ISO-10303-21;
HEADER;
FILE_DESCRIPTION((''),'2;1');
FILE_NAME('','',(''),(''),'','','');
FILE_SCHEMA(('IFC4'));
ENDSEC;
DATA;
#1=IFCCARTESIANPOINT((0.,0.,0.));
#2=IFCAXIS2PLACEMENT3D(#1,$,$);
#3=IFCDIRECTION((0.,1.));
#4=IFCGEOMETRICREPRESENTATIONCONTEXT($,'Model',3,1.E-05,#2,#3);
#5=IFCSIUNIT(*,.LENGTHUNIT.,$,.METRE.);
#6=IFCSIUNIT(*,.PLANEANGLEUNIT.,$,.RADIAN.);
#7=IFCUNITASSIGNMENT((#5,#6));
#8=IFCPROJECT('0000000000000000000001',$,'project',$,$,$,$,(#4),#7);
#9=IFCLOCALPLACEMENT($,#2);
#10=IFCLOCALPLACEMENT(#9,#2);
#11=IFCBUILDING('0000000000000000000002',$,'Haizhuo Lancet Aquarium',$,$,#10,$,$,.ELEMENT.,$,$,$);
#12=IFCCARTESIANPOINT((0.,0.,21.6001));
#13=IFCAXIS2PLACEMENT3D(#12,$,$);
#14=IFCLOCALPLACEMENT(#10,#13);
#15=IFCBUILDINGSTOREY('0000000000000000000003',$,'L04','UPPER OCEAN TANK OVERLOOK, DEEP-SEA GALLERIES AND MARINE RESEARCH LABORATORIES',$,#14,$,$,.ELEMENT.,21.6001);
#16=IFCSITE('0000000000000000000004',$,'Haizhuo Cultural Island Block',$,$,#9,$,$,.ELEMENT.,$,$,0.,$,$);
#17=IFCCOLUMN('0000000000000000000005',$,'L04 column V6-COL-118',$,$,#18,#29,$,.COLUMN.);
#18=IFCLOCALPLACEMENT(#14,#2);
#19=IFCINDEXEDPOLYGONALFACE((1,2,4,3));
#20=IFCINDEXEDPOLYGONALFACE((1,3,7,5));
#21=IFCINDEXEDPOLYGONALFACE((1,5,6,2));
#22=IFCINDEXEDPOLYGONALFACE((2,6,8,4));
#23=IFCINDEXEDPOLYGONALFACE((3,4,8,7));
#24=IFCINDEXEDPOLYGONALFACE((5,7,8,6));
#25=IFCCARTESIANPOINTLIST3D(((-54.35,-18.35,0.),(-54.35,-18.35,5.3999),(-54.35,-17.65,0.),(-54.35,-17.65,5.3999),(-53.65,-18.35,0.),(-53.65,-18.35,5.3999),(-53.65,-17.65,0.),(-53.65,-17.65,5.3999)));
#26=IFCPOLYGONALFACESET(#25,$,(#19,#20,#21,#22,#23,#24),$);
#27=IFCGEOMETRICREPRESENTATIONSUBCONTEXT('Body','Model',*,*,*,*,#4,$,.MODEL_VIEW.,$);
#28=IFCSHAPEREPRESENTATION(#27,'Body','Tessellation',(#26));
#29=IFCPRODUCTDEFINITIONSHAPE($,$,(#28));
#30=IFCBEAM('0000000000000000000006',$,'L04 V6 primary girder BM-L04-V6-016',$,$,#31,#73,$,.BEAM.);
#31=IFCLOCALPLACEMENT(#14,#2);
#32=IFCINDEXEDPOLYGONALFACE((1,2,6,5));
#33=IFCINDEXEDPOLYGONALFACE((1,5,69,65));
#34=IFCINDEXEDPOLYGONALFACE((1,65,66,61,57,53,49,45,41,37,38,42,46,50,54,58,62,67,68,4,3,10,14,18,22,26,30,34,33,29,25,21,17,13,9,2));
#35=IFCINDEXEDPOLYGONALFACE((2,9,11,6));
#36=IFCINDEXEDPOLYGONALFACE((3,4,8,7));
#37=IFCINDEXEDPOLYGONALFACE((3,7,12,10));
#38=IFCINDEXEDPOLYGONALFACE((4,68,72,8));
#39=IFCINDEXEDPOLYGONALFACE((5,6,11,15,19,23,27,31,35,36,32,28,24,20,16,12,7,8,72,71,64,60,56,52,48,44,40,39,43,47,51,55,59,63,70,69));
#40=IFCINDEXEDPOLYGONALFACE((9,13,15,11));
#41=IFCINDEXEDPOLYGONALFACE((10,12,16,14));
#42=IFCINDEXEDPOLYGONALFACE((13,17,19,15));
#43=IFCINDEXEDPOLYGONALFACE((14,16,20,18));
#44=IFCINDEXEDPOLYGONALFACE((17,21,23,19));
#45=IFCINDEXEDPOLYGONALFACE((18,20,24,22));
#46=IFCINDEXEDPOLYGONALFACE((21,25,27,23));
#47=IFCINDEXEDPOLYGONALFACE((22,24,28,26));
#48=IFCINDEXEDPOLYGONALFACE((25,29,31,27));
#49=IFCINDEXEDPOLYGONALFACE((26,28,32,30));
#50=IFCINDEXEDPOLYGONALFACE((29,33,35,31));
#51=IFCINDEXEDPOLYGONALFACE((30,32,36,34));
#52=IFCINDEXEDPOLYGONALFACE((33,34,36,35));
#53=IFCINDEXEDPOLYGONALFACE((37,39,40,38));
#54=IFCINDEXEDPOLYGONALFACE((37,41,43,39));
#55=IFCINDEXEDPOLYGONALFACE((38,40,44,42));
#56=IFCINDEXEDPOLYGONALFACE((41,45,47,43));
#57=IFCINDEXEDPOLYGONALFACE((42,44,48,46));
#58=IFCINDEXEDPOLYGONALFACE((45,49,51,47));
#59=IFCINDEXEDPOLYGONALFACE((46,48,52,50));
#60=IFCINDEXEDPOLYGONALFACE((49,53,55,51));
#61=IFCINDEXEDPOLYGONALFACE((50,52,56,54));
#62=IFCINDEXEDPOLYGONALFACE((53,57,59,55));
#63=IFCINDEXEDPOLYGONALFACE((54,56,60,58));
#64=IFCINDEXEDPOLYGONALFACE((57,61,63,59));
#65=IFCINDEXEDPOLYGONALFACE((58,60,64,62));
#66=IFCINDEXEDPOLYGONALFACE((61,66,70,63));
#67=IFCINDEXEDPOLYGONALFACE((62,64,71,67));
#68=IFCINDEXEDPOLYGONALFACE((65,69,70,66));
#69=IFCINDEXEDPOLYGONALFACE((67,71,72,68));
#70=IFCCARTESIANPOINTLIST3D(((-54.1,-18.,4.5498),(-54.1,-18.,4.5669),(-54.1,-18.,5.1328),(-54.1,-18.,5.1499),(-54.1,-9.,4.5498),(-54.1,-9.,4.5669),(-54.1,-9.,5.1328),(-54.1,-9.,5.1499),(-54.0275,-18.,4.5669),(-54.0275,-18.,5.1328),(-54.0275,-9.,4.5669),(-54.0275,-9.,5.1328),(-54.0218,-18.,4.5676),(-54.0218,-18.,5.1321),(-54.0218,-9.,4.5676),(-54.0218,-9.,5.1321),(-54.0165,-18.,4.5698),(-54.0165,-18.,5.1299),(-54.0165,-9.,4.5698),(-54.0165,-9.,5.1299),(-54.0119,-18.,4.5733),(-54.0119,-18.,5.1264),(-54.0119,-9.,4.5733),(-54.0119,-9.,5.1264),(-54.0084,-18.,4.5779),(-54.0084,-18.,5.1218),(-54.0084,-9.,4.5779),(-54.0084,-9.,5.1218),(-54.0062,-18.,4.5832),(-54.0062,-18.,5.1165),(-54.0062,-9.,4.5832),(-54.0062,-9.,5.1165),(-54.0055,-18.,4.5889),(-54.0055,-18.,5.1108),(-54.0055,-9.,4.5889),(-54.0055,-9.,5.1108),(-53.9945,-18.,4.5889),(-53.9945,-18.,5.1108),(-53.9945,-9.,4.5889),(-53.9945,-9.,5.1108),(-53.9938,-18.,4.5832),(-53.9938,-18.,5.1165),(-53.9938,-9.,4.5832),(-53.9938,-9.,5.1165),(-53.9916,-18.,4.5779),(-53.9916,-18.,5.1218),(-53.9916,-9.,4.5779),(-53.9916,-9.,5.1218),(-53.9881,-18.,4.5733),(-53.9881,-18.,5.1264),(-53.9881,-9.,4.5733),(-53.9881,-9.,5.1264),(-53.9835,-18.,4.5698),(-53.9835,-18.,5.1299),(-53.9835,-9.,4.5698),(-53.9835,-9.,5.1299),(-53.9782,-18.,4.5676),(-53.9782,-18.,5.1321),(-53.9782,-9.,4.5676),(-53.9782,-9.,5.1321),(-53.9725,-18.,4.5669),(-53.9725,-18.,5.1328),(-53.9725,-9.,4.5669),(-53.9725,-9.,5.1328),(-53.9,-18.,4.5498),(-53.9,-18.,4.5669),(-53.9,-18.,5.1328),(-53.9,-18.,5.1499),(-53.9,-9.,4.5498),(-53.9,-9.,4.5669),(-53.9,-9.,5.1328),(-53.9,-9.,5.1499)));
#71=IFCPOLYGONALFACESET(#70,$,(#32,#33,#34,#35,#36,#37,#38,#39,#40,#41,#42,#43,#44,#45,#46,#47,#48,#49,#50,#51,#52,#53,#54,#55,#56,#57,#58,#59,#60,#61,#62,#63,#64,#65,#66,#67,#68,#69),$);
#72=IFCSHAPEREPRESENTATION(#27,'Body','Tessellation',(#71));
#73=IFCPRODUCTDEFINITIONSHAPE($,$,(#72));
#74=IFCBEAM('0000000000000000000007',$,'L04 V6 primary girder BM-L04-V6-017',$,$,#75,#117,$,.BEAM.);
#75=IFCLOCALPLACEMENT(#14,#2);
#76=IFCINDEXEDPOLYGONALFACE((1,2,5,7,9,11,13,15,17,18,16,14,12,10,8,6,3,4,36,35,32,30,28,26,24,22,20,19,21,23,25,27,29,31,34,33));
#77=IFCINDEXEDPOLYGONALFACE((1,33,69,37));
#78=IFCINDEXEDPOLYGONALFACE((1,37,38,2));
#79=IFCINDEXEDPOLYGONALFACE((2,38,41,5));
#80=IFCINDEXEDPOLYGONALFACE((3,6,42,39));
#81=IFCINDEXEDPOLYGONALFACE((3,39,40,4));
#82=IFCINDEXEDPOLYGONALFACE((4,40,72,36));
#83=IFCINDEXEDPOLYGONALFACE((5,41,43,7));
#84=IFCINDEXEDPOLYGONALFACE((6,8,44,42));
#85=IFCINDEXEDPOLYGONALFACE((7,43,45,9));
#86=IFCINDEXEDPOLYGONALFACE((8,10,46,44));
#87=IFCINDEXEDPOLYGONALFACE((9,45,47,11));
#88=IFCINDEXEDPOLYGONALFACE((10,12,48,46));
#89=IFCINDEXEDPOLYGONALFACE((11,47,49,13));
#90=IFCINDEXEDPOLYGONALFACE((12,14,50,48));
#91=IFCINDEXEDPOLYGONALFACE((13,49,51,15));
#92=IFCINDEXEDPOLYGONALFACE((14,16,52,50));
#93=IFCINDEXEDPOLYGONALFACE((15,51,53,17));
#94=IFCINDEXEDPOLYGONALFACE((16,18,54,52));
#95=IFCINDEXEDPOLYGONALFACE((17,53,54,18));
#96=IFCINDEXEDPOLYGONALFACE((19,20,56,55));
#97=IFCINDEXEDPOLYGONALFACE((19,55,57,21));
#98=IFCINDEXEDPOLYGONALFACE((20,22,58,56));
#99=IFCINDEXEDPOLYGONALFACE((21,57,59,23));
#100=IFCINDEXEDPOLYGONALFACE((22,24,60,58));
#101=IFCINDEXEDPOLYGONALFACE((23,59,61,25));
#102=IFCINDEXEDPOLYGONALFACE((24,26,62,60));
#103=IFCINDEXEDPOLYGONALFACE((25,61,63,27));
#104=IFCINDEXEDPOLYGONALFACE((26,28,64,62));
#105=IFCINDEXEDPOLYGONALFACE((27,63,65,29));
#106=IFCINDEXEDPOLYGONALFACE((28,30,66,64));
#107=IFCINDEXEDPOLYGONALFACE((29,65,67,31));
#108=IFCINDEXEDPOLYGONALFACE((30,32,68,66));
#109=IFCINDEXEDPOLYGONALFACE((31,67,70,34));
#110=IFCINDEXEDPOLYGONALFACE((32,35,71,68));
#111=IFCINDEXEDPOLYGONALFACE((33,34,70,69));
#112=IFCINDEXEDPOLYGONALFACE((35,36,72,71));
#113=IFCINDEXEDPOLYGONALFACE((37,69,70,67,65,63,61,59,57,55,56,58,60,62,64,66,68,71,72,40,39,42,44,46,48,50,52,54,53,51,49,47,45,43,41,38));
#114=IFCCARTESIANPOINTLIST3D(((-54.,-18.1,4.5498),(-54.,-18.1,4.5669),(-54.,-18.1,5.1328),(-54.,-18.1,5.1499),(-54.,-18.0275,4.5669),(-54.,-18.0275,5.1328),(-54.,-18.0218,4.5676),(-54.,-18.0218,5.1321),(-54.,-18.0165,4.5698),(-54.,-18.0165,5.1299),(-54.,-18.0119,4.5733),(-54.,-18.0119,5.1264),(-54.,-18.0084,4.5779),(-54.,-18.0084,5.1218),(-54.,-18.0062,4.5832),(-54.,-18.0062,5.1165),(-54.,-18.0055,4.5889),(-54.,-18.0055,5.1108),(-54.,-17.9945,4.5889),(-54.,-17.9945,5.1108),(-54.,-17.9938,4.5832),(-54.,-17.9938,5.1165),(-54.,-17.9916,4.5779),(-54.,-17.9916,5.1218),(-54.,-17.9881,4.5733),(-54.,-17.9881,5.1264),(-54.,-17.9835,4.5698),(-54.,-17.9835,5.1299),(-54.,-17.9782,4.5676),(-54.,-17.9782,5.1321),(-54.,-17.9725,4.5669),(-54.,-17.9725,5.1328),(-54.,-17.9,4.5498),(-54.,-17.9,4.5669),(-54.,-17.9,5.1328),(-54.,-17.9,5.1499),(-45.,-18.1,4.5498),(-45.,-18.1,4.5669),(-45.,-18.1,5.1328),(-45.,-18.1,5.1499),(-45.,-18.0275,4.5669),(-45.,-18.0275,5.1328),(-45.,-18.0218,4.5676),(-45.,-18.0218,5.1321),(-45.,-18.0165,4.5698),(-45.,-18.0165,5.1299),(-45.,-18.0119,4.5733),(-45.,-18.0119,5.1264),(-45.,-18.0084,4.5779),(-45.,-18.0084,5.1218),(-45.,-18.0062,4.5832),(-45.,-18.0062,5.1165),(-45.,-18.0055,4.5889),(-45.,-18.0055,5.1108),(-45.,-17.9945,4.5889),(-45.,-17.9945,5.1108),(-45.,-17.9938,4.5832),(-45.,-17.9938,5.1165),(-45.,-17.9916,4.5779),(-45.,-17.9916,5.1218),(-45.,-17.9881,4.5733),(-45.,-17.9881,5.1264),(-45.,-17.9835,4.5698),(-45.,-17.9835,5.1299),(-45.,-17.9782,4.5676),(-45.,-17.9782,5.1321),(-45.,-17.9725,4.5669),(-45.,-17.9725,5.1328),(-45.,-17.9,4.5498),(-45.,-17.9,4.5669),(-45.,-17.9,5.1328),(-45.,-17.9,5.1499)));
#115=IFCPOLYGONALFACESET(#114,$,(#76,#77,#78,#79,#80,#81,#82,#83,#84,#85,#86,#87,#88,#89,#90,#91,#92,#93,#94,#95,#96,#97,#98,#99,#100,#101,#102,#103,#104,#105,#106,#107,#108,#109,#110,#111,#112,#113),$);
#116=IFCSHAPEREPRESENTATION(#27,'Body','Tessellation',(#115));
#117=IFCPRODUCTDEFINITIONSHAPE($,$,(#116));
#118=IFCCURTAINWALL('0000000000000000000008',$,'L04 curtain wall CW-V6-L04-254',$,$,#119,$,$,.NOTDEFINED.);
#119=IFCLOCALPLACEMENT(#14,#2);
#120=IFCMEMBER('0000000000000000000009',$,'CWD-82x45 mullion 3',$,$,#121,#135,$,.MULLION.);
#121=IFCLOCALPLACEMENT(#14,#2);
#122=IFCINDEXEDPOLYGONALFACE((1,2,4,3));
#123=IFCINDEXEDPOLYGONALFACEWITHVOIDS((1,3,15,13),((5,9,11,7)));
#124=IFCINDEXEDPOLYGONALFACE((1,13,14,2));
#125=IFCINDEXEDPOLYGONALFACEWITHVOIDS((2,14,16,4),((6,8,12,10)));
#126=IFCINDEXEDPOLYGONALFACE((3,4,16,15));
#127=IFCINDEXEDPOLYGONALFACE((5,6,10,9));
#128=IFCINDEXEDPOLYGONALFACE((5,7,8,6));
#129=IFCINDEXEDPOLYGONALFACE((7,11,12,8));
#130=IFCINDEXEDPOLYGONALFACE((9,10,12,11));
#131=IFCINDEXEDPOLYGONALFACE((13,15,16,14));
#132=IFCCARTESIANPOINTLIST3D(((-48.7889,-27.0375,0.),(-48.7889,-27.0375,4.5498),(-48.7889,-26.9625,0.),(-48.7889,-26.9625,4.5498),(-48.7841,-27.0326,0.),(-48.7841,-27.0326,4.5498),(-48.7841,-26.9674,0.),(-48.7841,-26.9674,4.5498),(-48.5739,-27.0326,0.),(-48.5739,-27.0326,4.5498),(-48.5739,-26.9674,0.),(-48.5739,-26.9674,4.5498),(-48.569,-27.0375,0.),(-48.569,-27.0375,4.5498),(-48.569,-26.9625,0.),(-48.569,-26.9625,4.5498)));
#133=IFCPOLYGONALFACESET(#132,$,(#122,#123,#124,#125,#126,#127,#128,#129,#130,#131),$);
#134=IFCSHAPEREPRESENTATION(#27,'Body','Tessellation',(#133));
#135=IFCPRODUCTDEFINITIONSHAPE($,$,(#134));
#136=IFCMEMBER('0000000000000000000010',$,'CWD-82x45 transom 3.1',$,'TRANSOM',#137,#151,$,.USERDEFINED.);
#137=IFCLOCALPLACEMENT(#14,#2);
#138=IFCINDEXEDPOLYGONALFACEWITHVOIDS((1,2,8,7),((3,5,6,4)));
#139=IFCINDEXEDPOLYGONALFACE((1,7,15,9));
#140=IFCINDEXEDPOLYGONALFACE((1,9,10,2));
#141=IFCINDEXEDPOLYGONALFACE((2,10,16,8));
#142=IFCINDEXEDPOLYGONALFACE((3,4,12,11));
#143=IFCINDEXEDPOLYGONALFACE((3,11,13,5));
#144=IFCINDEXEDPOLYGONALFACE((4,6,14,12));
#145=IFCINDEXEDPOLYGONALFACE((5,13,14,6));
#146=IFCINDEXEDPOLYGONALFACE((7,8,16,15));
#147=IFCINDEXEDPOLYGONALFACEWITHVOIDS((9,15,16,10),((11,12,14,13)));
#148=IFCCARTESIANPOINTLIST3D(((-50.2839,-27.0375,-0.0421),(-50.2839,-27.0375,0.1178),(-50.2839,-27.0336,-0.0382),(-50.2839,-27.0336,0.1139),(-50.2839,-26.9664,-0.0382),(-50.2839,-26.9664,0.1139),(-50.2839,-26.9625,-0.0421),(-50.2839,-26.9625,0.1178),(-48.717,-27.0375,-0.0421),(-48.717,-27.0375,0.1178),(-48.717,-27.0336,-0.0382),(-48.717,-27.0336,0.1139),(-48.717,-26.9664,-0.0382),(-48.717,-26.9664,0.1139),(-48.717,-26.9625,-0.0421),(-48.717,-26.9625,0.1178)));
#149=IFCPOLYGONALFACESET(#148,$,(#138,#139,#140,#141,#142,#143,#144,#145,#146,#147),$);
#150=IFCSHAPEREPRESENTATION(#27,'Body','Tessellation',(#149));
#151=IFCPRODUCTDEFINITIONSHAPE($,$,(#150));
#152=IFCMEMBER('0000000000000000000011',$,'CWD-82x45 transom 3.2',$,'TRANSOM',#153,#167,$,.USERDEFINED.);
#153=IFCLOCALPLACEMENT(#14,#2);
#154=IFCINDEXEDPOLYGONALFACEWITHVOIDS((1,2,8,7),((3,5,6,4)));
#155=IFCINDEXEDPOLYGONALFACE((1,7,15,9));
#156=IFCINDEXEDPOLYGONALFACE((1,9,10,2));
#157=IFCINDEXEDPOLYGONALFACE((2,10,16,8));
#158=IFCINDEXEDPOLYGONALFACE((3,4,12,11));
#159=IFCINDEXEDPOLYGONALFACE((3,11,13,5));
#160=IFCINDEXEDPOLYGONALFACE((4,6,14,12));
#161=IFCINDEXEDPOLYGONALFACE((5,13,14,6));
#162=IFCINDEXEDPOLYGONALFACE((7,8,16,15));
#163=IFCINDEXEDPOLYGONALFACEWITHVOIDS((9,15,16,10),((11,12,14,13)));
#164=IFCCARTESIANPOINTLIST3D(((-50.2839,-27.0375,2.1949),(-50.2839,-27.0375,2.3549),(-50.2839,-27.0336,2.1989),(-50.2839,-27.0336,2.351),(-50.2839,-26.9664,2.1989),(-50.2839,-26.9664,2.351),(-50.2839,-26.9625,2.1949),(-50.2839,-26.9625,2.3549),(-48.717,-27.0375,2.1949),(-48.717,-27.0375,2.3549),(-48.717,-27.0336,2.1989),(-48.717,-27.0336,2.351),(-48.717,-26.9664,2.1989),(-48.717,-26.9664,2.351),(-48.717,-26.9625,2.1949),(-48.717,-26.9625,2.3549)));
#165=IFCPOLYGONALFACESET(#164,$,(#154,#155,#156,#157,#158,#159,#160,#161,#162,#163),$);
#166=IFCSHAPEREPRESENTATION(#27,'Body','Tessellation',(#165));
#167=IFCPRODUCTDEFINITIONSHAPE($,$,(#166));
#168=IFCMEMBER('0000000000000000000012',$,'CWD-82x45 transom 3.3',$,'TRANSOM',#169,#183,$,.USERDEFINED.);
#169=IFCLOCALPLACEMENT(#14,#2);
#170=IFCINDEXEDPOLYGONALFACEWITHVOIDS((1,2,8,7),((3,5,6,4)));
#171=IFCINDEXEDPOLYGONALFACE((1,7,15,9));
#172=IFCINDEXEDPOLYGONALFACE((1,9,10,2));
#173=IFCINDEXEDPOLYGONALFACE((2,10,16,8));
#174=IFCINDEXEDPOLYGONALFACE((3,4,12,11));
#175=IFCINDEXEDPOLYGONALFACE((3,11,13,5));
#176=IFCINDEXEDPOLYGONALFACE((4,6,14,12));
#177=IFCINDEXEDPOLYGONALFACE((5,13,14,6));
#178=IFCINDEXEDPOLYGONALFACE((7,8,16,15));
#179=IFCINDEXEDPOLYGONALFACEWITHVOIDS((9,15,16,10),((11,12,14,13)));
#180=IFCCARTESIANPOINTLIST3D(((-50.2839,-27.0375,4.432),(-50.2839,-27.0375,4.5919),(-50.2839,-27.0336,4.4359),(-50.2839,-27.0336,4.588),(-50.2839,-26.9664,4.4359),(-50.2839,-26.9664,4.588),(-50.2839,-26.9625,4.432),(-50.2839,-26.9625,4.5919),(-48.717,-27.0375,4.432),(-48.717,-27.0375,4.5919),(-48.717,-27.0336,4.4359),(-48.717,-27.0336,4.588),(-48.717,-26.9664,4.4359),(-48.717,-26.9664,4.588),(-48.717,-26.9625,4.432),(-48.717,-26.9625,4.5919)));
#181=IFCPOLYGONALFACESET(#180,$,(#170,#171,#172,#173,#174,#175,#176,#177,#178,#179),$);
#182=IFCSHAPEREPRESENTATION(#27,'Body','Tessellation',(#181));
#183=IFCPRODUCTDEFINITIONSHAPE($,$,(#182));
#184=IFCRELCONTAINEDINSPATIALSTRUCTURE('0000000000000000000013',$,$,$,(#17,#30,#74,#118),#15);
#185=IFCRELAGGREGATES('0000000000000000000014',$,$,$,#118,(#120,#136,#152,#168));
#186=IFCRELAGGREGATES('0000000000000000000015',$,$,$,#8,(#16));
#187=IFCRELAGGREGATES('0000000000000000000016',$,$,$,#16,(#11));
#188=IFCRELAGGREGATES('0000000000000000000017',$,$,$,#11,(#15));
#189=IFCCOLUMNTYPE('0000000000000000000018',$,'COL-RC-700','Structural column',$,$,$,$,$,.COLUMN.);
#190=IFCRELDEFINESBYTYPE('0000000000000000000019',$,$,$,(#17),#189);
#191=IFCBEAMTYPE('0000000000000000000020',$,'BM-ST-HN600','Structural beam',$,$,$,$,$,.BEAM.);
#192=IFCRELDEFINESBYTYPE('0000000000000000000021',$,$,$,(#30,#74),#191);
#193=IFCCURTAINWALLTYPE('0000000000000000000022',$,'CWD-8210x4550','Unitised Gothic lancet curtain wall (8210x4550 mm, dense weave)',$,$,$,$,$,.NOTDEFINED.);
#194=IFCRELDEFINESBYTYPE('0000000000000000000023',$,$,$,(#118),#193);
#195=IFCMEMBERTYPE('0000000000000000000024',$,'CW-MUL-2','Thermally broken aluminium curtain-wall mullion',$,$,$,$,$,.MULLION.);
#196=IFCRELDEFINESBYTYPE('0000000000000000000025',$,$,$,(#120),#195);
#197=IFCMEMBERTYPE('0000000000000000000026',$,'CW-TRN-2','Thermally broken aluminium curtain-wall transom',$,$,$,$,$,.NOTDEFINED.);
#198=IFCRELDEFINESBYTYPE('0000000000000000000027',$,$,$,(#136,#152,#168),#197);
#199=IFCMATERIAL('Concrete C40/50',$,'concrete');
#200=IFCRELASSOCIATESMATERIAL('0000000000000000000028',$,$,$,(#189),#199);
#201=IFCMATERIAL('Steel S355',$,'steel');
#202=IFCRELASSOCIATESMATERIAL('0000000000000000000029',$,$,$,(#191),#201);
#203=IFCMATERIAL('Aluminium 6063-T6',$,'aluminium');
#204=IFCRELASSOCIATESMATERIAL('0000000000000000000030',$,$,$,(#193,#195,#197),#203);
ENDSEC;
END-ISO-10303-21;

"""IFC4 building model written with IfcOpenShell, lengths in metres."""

from ifc_helpers import new_model, si_unit, direction, frame, origin, origin_2d, place, context, subcontext, project, spatial, rectangle, hollow_rectangle, i_section, extrude, material, material_profile, profile_set, type_object, element, aggregate, save


model = new_model("IFC4")

# Units and contexts
model_context = context("Model", 3, precision=1e-05, world=origin(), true_north=direction((0.0, 1.0)))
body_context = subcontext(model_context, "Body", "Model", "MODEL_VIEW")
ifc_project = project(units=[si_unit("LENGTHUNIT", "METRE"), si_unit("PLANEANGLEUNIT", "RADIAN")], contexts=[model_context])

# Site, building, storey
site_placement = place(None, origin())
site = spatial("IfcSite", under=ifc_project, at=site_placement, Name="Haizhuo Cultural Island Block", CompositionType="ELEMENT", RefElevation=0.0)
building_placement = place(site_placement, origin())
building = spatial("IfcBuilding", under=site, at=building_placement, Name="Haizhuo Lancet Aquarium", CompositionType="ELEMENT")
storey_placement = place(building_placement, frame((0.0, 0.0, 21.6001)))
storey = spatial("IfcBuildingStorey", under=building, at=storey_placement, Name="L04", Description="UPPER OCEAN TANK OVERLOOK, DEEP-SEA GALLERIES AND MARINE RESEARCH LABORATORIES", CompositionType="ELEMENT", Elevation=21.6001)

# Column
ifc_material_1 = material(Name="Concrete C40/50", Category="concrete")
ifc_material_profile_1 = material_profile(ifc_material_1, rectangle(XDim=0.7, YDim=0.7, at=origin_2d()), Name="RC-COL 700x700")
ifc_profile_set_1 = profile_set([ifc_material_profile_1], Name="Concrete C40/50")
column_type = type_object("IfcColumnType", Name="COL-RC-700", Description="Structural column", PredefinedType="COLUMN", material=ifc_profile_set_1)
column_placement = place(storey_placement, frame((-54.0, -18.0, 0.0), z_axis=(0.0, 0.0, 1.0), x_axis=(1.0, 0.0, 0.0)))
element("IfcColumn", 1, at=column_placement, inside=storey, type_object=column_type, Name="L04 column V6-COL-118", PredefinedType="COLUMN", context=body_context, shape_type="SweptSolid", body=[
    extrude(rectangle(XDim=0.7, YDim=0.7, at=origin_2d()), origin(), (0.0, 0.0, 1.0), 5.3999),
])

# Beams
ifc_material_2 = material(Name="Steel S355", Category="steel")
ifc_material_profile_2 = material_profile(ifc_material_2, i_section(OverallWidth=0.2, OverallDepth=0.6001, WebThickness=0.011, FlangeThickness=0.0171, FilletRadius=0.022, at=origin_2d()), Name="HN 600x200x11x17")
ifc_profile_set_2 = profile_set([ifc_material_profile_2], Name="Steel S355")
beam_type_1 = type_object("IfcBeamType", Name="BM-ST-HN600", Description="Structural beam", PredefinedType="BEAM", material=ifc_profile_set_2)
for number, where, z_axis, x_axis, name in (
    (2, (-54.0, -18.0, 4.8499), (0.0, 1.0, 0.0), (-1.0, 0.0, 0.0), "L04 V6 primary girder BM-L04-V6-016"),
    (3, (-54.0, -18.0, 4.8499), (1.0, 0.0, 0.0), (0.0, 1.0, 0.0), "L04 V6 primary girder BM-L04-V6-017"),
):
    element("IfcBeam", number, at=place(storey_placement, frame(where, z_axis=z_axis, x_axis=x_axis)), inside=storey, type_object=beam_type_1, Name=name, PredefinedType="BEAM", context=body_context, shape_type="SweptSolid", body=[
        extrude(i_section(OverallWidth=0.2, OverallDepth=0.6001, WebThickness=0.011, FlangeThickness=0.0171, FilletRadius=0.022, at=origin_2d()), origin(), (0.0, 0.0, 1.0), 9.0),
    ])

# Curtain wall, members
ifc_material_3 = material(Name="Aluminium 6063-T6", Category="aluminium")
curtain_wall_type = type_object("IfcCurtainWallType", Name="CWD-8210x4550", Description="Unitised Gothic lancet curtain wall (8210x4550 mm, dense weave)", PredefinedType="NOTDEFINED", material=ifc_material_3)
curtain_wall_placement = place(storey_placement, origin())
curtain_wall = element("IfcCurtainWall", 4, at=curtain_wall_placement, inside=storey, type_object=curtain_wall_type, Name="L04 curtain wall CW-V6-L04-254", PredefinedType="NOTDEFINED")
ifc_material_profile_3 = material_profile(ifc_material_3, hollow_rectangle(XDim=0.075, YDim=0.22, WallThickness=0.0049, at=origin_2d()), Name="ALU-M 75x220x5")
ifc_profile_set_3 = profile_set([ifc_material_profile_3], Name="Aluminium 6063-T6")
member_type_1 = type_object("IfcMemberType", Name="CW-MUL-2", Description="Thermally broken aluminium curtain-wall mullion", PredefinedType="MULLION", material=ifc_profile_set_3)
member_1_placement = place(storey_placement, frame((-48.679, -27.0, 0.0), z_axis=(0.0, 0.0, 1.0), x_axis=(0.0, -1.0, 0.0)))
member_1 = element("IfcMember", 5, at=member_1_placement, type_object=member_type_1, Name="CWD-82x45 mullion 3", PredefinedType="MULLION", context=body_context, shape_type="SweptSolid", body=[
    extrude(hollow_rectangle(XDim=0.075, YDim=0.22, WallThickness=0.0049, at=origin_2d()), origin(), (0.0, 0.0, 1.0), 4.5498),
])
ifc_material_profile_4 = material_profile(ifc_material_3, hollow_rectangle(XDim=0.075, YDim=0.1599, WallThickness=0.0039, at=origin_2d()), Name="ALU-T 75x160x4")
ifc_profile_set_4 = profile_set([ifc_material_profile_4], Name="Aluminium 6063-T6")
member_type_2 = type_object("IfcMemberType", Name="CW-TRN-2", Description="Thermally broken aluminium curtain-wall transom", PredefinedType="NOTDEFINED", material=ifc_profile_set_4)
member_2_placement = place(storey_placement, frame((-48.717, -27.0, 0.0378), z_axis=(-1.0, 0.0, 0.0), x_axis=(0.0, -1.0, 0.0)))
member_2 = element("IfcMember", 6, at=member_2_placement, type_object=member_type_2, Name="CWD-82x45 transom 3.1", ObjectType="TRANSOM", PredefinedType="USERDEFINED", context=body_context, shape_type="SweptSolid", body=[
    extrude(hollow_rectangle(XDim=0.075, YDim=0.1599, WallThickness=0.0039, at=origin_2d()), origin(), (0.0, 0.0, 1.0), 1.5669),
])
member_3_placement = place(storey_placement, frame((-48.717, -27.0, 2.2749), z_axis=(-1.0, 0.0, 0.0), x_axis=(0.0, -1.0, 0.0)))
member_3 = element("IfcMember", 7, at=member_3_placement, type_object=member_type_2, Name="CWD-82x45 transom 3.2", ObjectType="TRANSOM", PredefinedType="USERDEFINED", context=body_context, shape_type="SweptSolid", body=[
    extrude(hollow_rectangle(XDim=0.075, YDim=0.1599, WallThickness=0.0039, at=origin_2d()), origin(), (0.0, 0.0, 1.0), 1.5669),
])
member_4_placement = place(storey_placement, frame((-48.717, -27.0, 4.512), z_axis=(-1.0, 0.0, 0.0), x_axis=(0.0, -1.0, 0.0)))
member_4 = element("IfcMember", 8, at=member_4_placement, type_object=member_type_2, Name="CWD-82x45 transom 3.3", ObjectType="TRANSOM", PredefinedType="USERDEFINED", context=body_context, shape_type="SweptSolid", body=[
    extrude(hollow_rectangle(XDim=0.075, YDim=0.1599, WallThickness=0.0039, at=origin_2d()), origin(), (0.0, 0.0, 1.0), 1.5669),
])

aggregate(curtain_wall, [member_1, member_2, member_3, member_4])

save(model, "model.ifc")
